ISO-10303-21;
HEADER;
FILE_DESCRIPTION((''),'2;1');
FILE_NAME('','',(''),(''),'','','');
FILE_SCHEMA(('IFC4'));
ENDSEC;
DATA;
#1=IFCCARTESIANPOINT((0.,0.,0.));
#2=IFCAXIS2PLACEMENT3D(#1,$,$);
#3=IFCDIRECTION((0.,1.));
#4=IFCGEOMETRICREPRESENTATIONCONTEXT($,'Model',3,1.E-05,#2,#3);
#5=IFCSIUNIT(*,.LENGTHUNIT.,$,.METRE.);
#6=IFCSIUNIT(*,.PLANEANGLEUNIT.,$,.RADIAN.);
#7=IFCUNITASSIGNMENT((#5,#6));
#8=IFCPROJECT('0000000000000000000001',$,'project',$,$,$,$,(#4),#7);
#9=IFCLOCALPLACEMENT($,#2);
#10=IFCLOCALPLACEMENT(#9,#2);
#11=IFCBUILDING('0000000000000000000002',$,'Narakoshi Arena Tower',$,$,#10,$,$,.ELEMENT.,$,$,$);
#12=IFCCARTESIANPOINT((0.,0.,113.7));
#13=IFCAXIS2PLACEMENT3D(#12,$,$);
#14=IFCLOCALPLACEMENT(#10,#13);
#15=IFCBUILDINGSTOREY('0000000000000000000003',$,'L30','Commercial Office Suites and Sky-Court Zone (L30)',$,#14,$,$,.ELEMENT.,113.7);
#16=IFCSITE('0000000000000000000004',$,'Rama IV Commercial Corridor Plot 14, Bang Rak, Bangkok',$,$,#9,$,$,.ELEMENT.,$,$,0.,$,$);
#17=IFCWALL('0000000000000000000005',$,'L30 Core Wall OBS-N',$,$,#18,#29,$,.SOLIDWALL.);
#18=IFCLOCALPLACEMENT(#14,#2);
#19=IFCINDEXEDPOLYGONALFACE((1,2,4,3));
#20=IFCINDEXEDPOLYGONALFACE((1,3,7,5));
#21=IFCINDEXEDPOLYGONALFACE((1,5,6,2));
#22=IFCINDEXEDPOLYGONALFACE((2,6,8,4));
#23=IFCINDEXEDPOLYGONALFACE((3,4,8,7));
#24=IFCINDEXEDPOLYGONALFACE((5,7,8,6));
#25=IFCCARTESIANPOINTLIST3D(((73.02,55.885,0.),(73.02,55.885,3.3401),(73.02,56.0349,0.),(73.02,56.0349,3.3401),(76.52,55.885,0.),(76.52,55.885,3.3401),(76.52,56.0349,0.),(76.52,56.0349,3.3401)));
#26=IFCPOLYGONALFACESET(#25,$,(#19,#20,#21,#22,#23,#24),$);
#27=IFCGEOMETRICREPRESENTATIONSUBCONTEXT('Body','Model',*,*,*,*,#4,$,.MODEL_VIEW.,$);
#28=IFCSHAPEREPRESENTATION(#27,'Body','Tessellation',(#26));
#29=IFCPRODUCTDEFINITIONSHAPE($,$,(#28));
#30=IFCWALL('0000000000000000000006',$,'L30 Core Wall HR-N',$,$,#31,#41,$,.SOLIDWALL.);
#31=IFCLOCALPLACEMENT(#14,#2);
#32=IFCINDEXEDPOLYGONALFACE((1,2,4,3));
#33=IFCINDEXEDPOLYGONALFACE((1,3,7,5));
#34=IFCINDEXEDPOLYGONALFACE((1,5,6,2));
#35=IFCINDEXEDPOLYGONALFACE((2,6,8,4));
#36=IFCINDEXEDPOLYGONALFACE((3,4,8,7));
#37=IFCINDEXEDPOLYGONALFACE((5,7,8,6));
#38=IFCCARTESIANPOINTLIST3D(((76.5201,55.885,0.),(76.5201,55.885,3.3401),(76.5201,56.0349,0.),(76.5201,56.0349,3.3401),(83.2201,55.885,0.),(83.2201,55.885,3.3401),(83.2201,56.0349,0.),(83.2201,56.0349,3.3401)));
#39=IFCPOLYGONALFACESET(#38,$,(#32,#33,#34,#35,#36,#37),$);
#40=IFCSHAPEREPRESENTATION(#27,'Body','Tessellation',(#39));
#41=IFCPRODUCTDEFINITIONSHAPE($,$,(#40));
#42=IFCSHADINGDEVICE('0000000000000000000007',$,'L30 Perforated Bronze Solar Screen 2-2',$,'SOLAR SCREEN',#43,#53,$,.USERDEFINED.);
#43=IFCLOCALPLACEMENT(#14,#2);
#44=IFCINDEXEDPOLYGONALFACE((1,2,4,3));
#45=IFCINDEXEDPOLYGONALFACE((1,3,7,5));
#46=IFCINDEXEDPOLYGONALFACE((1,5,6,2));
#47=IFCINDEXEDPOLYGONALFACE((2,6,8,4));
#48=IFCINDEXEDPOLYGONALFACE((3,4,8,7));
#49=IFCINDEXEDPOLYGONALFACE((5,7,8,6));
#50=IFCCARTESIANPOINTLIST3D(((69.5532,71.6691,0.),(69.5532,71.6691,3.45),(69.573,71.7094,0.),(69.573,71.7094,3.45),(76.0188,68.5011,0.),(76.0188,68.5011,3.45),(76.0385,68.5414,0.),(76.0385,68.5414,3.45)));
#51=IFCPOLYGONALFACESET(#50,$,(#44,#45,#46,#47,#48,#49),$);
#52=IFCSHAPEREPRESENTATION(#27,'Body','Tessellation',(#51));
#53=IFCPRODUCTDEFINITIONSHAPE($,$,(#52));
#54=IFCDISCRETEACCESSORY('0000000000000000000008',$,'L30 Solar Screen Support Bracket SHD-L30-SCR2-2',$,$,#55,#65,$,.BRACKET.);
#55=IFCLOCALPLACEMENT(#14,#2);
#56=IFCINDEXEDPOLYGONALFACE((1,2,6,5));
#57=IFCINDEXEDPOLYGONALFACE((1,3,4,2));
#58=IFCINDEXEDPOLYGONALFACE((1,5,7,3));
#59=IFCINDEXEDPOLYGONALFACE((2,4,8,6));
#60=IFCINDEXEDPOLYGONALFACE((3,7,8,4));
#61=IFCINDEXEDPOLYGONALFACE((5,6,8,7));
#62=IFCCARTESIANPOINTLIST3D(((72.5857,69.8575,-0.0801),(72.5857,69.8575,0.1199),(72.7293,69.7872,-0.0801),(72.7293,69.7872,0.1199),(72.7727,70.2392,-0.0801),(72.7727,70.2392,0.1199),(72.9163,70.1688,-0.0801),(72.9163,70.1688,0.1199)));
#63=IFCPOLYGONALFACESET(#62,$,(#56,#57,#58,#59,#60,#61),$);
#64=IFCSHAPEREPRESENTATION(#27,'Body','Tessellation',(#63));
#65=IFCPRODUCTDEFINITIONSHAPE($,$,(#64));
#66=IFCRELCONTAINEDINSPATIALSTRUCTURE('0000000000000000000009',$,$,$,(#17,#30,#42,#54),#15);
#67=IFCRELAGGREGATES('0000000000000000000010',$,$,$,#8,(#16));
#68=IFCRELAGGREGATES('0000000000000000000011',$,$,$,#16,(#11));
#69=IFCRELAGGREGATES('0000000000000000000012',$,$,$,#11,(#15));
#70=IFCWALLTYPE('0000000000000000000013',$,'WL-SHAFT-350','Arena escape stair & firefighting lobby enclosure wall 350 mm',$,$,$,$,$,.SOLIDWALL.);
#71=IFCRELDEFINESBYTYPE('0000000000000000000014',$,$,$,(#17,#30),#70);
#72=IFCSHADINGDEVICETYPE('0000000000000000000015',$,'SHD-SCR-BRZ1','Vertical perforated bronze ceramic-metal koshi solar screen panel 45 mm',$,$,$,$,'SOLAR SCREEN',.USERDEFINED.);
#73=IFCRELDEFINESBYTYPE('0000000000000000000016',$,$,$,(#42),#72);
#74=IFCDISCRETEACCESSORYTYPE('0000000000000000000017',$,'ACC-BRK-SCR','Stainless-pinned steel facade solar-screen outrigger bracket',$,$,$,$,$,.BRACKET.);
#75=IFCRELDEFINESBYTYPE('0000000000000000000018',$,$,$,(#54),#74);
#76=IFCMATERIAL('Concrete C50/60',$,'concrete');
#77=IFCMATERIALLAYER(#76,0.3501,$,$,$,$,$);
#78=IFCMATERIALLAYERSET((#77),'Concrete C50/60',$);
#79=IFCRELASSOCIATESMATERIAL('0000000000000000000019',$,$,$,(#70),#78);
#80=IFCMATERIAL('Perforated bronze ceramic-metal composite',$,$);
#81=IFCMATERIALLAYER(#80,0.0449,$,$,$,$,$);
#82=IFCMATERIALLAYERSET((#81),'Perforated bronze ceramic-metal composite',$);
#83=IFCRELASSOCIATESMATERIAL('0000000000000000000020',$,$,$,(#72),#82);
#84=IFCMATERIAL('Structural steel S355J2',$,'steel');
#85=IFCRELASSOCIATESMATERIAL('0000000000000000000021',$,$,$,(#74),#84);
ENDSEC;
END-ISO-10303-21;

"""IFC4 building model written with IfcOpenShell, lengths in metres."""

from ifc_helpers import new_model, si_unit, direction, frame, frame_2d, origin, origin_2d, place, context, subcontext, project, spatial, rectangle, extrude, material, layer, layer_set, type_object, element, save


model = new_model("IFC4")

# Units and contexts
model_context = context("Model", 3, precision=1e-05, world=origin(), true_north=direction((0.0, 1.0)))
body_context = subcontext(model_context, "Body", "Model", "MODEL_VIEW")
ifc_project = project(units=[si_unit("LENGTHUNIT", "METRE"), si_unit("PLANEANGLEUNIT", "RADIAN")], contexts=[model_context])

# Site, building, storey
site_placement = place(None, origin())
site = spatial("IfcSite", under=ifc_project, at=site_placement, Name="Rama IV Commercial Corridor Plot 14, Bang Rak, Bangkok", CompositionType="ELEMENT", RefElevation=0.0)
building_placement = place(site_placement, origin())
building = spatial("IfcBuilding", under=site, at=building_placement, Name="Narakoshi Arena Tower", CompositionType="ELEMENT")
storey_placement = place(building_placement, frame((0.0, 0.0, 113.7)))
storey = spatial("IfcBuildingStorey", under=building, at=storey_placement, Name="L30", Description="Commercial Office Suites and Sky-Court Zone (L30)", CompositionType="ELEMENT", Elevation=113.7)

# Walls
ifc_material_1 = material(Name="Concrete C50/60", Category="concrete")
ifc_layer_1 = layer(ifc_material_1, 0.3501)
ifc_layer_set_1 = layer_set([ifc_layer_1], Name="Concrete C50/60")
wall_type_1 = type_object("IfcWallType", Name="WL-SHAFT-350", Description="Arena escape stair & firefighting lobby enclosure wall 350 mm", PredefinedType="SOLIDWALL", material=ifc_layer_set_1)
wall_1_placement = place(storey_placement, frame((73.02, 55.96, 0.0), z_axis=(0.0, 0.0, 1.0), x_axis=(1.0, 0.0, 0.0)))
element("IfcWall", 1, at=wall_1_placement, inside=storey, type_object=wall_type_1, Name="L30 Core Wall OBS-N", PredefinedType="SOLIDWALL", context=body_context, shape_type="SweptSolid", body=[
    extrude(rectangle(XDim=3.5, YDim=0.1499, at=frame_2d((1.75, 0.0))), origin(), (0.0, 0.0, 1.0), 3.3401),
])
wall_2_placement = place(storey_placement, frame((76.52, 55.96, 0.0), z_axis=(0.0, 0.0, 1.0), x_axis=(1.0, 0.0, 0.0)))
element("IfcWall", 2, at=wall_2_placement, inside=storey, type_object=wall_type_1, Name="L30 Core Wall HR-N", PredefinedType="SOLIDWALL", context=body_context, shape_type="SweptSolid", body=[
    extrude(rectangle(XDim=6.7, YDim=0.1499, at=frame_2d((3.3501, 0.0))), origin(), (0.0, 0.0, 1.0), 3.3401),
])

# Shading device
ifc_material_2 = material(Name="Perforated bronze ceramic-metal composite")
ifc_layer_2 = layer(ifc_material_2, 0.0449)
ifc_layer_set_2 = layer_set([ifc_layer_2], Name="Perforated bronze ceramic-metal composite")
shading_device_type = type_object("IfcShadingDeviceType", Name="SHD-SCR-BRZ1", Description="Vertical perforated bronze ceramic-metal koshi solar screen panel 45 mm", ElementType="SOLAR SCREEN", PredefinedType="USERDEFINED", material=ifc_layer_set_2)
shading_device_placement = place(storey_placement, frame((72.7959, 70.1052, 0.0), z_axis=(0.0, 0.0, 1.0), x_axis=(-0.897997, 0.440002, 0.0)))
element("IfcShadingDevice", 3, at=shading_device_placement, inside=storey, type_object=shading_device_type, Name="L30 Perforated Bronze Solar Screen 2-2", ObjectType="SOLAR SCREEN", PredefinedType="USERDEFINED", context=body_context, shape_type="SweptSolid", body=[
    extrude(rectangle(XDim=7.2, YDim=0.0449, at=origin_2d()), origin(), (0.0, 0.0, 1.0), 3.45),
])

# Discrete accessory
ifc_material_3 = material(Name="Structural steel S355J2", Category="steel")
discrete_accessory_type = type_object("IfcDiscreteAccessoryType", Name="ACC-BRK-SCR", Description="Stainless-pinned steel facade solar-screen outrigger bracket", PredefinedType="BRACKET", material=ifc_material_3)
discrete_accessory_placement = place(storey_placement, frame((72.751, 70.0132, -0.0801), z_axis=(0.0, 0.0, 1.0), x_axis=(-0.897997, 0.440002, 0.0)))
element("IfcDiscreteAccessory", 4, at=discrete_accessory_placement, inside=storey, type_object=discrete_accessory_type, Name="L30 Solar Screen Support Bracket SHD-L30-SCR2-2", PredefinedType="BRACKET", context=body_context, shape_type="SweptSolid", body=[
    extrude(rectangle(XDim=0.1599, YDim=0.425, at=origin_2d()), origin(), (0.0, 0.0, 1.0), 0.2),
])

save(model, "model.ifc")
